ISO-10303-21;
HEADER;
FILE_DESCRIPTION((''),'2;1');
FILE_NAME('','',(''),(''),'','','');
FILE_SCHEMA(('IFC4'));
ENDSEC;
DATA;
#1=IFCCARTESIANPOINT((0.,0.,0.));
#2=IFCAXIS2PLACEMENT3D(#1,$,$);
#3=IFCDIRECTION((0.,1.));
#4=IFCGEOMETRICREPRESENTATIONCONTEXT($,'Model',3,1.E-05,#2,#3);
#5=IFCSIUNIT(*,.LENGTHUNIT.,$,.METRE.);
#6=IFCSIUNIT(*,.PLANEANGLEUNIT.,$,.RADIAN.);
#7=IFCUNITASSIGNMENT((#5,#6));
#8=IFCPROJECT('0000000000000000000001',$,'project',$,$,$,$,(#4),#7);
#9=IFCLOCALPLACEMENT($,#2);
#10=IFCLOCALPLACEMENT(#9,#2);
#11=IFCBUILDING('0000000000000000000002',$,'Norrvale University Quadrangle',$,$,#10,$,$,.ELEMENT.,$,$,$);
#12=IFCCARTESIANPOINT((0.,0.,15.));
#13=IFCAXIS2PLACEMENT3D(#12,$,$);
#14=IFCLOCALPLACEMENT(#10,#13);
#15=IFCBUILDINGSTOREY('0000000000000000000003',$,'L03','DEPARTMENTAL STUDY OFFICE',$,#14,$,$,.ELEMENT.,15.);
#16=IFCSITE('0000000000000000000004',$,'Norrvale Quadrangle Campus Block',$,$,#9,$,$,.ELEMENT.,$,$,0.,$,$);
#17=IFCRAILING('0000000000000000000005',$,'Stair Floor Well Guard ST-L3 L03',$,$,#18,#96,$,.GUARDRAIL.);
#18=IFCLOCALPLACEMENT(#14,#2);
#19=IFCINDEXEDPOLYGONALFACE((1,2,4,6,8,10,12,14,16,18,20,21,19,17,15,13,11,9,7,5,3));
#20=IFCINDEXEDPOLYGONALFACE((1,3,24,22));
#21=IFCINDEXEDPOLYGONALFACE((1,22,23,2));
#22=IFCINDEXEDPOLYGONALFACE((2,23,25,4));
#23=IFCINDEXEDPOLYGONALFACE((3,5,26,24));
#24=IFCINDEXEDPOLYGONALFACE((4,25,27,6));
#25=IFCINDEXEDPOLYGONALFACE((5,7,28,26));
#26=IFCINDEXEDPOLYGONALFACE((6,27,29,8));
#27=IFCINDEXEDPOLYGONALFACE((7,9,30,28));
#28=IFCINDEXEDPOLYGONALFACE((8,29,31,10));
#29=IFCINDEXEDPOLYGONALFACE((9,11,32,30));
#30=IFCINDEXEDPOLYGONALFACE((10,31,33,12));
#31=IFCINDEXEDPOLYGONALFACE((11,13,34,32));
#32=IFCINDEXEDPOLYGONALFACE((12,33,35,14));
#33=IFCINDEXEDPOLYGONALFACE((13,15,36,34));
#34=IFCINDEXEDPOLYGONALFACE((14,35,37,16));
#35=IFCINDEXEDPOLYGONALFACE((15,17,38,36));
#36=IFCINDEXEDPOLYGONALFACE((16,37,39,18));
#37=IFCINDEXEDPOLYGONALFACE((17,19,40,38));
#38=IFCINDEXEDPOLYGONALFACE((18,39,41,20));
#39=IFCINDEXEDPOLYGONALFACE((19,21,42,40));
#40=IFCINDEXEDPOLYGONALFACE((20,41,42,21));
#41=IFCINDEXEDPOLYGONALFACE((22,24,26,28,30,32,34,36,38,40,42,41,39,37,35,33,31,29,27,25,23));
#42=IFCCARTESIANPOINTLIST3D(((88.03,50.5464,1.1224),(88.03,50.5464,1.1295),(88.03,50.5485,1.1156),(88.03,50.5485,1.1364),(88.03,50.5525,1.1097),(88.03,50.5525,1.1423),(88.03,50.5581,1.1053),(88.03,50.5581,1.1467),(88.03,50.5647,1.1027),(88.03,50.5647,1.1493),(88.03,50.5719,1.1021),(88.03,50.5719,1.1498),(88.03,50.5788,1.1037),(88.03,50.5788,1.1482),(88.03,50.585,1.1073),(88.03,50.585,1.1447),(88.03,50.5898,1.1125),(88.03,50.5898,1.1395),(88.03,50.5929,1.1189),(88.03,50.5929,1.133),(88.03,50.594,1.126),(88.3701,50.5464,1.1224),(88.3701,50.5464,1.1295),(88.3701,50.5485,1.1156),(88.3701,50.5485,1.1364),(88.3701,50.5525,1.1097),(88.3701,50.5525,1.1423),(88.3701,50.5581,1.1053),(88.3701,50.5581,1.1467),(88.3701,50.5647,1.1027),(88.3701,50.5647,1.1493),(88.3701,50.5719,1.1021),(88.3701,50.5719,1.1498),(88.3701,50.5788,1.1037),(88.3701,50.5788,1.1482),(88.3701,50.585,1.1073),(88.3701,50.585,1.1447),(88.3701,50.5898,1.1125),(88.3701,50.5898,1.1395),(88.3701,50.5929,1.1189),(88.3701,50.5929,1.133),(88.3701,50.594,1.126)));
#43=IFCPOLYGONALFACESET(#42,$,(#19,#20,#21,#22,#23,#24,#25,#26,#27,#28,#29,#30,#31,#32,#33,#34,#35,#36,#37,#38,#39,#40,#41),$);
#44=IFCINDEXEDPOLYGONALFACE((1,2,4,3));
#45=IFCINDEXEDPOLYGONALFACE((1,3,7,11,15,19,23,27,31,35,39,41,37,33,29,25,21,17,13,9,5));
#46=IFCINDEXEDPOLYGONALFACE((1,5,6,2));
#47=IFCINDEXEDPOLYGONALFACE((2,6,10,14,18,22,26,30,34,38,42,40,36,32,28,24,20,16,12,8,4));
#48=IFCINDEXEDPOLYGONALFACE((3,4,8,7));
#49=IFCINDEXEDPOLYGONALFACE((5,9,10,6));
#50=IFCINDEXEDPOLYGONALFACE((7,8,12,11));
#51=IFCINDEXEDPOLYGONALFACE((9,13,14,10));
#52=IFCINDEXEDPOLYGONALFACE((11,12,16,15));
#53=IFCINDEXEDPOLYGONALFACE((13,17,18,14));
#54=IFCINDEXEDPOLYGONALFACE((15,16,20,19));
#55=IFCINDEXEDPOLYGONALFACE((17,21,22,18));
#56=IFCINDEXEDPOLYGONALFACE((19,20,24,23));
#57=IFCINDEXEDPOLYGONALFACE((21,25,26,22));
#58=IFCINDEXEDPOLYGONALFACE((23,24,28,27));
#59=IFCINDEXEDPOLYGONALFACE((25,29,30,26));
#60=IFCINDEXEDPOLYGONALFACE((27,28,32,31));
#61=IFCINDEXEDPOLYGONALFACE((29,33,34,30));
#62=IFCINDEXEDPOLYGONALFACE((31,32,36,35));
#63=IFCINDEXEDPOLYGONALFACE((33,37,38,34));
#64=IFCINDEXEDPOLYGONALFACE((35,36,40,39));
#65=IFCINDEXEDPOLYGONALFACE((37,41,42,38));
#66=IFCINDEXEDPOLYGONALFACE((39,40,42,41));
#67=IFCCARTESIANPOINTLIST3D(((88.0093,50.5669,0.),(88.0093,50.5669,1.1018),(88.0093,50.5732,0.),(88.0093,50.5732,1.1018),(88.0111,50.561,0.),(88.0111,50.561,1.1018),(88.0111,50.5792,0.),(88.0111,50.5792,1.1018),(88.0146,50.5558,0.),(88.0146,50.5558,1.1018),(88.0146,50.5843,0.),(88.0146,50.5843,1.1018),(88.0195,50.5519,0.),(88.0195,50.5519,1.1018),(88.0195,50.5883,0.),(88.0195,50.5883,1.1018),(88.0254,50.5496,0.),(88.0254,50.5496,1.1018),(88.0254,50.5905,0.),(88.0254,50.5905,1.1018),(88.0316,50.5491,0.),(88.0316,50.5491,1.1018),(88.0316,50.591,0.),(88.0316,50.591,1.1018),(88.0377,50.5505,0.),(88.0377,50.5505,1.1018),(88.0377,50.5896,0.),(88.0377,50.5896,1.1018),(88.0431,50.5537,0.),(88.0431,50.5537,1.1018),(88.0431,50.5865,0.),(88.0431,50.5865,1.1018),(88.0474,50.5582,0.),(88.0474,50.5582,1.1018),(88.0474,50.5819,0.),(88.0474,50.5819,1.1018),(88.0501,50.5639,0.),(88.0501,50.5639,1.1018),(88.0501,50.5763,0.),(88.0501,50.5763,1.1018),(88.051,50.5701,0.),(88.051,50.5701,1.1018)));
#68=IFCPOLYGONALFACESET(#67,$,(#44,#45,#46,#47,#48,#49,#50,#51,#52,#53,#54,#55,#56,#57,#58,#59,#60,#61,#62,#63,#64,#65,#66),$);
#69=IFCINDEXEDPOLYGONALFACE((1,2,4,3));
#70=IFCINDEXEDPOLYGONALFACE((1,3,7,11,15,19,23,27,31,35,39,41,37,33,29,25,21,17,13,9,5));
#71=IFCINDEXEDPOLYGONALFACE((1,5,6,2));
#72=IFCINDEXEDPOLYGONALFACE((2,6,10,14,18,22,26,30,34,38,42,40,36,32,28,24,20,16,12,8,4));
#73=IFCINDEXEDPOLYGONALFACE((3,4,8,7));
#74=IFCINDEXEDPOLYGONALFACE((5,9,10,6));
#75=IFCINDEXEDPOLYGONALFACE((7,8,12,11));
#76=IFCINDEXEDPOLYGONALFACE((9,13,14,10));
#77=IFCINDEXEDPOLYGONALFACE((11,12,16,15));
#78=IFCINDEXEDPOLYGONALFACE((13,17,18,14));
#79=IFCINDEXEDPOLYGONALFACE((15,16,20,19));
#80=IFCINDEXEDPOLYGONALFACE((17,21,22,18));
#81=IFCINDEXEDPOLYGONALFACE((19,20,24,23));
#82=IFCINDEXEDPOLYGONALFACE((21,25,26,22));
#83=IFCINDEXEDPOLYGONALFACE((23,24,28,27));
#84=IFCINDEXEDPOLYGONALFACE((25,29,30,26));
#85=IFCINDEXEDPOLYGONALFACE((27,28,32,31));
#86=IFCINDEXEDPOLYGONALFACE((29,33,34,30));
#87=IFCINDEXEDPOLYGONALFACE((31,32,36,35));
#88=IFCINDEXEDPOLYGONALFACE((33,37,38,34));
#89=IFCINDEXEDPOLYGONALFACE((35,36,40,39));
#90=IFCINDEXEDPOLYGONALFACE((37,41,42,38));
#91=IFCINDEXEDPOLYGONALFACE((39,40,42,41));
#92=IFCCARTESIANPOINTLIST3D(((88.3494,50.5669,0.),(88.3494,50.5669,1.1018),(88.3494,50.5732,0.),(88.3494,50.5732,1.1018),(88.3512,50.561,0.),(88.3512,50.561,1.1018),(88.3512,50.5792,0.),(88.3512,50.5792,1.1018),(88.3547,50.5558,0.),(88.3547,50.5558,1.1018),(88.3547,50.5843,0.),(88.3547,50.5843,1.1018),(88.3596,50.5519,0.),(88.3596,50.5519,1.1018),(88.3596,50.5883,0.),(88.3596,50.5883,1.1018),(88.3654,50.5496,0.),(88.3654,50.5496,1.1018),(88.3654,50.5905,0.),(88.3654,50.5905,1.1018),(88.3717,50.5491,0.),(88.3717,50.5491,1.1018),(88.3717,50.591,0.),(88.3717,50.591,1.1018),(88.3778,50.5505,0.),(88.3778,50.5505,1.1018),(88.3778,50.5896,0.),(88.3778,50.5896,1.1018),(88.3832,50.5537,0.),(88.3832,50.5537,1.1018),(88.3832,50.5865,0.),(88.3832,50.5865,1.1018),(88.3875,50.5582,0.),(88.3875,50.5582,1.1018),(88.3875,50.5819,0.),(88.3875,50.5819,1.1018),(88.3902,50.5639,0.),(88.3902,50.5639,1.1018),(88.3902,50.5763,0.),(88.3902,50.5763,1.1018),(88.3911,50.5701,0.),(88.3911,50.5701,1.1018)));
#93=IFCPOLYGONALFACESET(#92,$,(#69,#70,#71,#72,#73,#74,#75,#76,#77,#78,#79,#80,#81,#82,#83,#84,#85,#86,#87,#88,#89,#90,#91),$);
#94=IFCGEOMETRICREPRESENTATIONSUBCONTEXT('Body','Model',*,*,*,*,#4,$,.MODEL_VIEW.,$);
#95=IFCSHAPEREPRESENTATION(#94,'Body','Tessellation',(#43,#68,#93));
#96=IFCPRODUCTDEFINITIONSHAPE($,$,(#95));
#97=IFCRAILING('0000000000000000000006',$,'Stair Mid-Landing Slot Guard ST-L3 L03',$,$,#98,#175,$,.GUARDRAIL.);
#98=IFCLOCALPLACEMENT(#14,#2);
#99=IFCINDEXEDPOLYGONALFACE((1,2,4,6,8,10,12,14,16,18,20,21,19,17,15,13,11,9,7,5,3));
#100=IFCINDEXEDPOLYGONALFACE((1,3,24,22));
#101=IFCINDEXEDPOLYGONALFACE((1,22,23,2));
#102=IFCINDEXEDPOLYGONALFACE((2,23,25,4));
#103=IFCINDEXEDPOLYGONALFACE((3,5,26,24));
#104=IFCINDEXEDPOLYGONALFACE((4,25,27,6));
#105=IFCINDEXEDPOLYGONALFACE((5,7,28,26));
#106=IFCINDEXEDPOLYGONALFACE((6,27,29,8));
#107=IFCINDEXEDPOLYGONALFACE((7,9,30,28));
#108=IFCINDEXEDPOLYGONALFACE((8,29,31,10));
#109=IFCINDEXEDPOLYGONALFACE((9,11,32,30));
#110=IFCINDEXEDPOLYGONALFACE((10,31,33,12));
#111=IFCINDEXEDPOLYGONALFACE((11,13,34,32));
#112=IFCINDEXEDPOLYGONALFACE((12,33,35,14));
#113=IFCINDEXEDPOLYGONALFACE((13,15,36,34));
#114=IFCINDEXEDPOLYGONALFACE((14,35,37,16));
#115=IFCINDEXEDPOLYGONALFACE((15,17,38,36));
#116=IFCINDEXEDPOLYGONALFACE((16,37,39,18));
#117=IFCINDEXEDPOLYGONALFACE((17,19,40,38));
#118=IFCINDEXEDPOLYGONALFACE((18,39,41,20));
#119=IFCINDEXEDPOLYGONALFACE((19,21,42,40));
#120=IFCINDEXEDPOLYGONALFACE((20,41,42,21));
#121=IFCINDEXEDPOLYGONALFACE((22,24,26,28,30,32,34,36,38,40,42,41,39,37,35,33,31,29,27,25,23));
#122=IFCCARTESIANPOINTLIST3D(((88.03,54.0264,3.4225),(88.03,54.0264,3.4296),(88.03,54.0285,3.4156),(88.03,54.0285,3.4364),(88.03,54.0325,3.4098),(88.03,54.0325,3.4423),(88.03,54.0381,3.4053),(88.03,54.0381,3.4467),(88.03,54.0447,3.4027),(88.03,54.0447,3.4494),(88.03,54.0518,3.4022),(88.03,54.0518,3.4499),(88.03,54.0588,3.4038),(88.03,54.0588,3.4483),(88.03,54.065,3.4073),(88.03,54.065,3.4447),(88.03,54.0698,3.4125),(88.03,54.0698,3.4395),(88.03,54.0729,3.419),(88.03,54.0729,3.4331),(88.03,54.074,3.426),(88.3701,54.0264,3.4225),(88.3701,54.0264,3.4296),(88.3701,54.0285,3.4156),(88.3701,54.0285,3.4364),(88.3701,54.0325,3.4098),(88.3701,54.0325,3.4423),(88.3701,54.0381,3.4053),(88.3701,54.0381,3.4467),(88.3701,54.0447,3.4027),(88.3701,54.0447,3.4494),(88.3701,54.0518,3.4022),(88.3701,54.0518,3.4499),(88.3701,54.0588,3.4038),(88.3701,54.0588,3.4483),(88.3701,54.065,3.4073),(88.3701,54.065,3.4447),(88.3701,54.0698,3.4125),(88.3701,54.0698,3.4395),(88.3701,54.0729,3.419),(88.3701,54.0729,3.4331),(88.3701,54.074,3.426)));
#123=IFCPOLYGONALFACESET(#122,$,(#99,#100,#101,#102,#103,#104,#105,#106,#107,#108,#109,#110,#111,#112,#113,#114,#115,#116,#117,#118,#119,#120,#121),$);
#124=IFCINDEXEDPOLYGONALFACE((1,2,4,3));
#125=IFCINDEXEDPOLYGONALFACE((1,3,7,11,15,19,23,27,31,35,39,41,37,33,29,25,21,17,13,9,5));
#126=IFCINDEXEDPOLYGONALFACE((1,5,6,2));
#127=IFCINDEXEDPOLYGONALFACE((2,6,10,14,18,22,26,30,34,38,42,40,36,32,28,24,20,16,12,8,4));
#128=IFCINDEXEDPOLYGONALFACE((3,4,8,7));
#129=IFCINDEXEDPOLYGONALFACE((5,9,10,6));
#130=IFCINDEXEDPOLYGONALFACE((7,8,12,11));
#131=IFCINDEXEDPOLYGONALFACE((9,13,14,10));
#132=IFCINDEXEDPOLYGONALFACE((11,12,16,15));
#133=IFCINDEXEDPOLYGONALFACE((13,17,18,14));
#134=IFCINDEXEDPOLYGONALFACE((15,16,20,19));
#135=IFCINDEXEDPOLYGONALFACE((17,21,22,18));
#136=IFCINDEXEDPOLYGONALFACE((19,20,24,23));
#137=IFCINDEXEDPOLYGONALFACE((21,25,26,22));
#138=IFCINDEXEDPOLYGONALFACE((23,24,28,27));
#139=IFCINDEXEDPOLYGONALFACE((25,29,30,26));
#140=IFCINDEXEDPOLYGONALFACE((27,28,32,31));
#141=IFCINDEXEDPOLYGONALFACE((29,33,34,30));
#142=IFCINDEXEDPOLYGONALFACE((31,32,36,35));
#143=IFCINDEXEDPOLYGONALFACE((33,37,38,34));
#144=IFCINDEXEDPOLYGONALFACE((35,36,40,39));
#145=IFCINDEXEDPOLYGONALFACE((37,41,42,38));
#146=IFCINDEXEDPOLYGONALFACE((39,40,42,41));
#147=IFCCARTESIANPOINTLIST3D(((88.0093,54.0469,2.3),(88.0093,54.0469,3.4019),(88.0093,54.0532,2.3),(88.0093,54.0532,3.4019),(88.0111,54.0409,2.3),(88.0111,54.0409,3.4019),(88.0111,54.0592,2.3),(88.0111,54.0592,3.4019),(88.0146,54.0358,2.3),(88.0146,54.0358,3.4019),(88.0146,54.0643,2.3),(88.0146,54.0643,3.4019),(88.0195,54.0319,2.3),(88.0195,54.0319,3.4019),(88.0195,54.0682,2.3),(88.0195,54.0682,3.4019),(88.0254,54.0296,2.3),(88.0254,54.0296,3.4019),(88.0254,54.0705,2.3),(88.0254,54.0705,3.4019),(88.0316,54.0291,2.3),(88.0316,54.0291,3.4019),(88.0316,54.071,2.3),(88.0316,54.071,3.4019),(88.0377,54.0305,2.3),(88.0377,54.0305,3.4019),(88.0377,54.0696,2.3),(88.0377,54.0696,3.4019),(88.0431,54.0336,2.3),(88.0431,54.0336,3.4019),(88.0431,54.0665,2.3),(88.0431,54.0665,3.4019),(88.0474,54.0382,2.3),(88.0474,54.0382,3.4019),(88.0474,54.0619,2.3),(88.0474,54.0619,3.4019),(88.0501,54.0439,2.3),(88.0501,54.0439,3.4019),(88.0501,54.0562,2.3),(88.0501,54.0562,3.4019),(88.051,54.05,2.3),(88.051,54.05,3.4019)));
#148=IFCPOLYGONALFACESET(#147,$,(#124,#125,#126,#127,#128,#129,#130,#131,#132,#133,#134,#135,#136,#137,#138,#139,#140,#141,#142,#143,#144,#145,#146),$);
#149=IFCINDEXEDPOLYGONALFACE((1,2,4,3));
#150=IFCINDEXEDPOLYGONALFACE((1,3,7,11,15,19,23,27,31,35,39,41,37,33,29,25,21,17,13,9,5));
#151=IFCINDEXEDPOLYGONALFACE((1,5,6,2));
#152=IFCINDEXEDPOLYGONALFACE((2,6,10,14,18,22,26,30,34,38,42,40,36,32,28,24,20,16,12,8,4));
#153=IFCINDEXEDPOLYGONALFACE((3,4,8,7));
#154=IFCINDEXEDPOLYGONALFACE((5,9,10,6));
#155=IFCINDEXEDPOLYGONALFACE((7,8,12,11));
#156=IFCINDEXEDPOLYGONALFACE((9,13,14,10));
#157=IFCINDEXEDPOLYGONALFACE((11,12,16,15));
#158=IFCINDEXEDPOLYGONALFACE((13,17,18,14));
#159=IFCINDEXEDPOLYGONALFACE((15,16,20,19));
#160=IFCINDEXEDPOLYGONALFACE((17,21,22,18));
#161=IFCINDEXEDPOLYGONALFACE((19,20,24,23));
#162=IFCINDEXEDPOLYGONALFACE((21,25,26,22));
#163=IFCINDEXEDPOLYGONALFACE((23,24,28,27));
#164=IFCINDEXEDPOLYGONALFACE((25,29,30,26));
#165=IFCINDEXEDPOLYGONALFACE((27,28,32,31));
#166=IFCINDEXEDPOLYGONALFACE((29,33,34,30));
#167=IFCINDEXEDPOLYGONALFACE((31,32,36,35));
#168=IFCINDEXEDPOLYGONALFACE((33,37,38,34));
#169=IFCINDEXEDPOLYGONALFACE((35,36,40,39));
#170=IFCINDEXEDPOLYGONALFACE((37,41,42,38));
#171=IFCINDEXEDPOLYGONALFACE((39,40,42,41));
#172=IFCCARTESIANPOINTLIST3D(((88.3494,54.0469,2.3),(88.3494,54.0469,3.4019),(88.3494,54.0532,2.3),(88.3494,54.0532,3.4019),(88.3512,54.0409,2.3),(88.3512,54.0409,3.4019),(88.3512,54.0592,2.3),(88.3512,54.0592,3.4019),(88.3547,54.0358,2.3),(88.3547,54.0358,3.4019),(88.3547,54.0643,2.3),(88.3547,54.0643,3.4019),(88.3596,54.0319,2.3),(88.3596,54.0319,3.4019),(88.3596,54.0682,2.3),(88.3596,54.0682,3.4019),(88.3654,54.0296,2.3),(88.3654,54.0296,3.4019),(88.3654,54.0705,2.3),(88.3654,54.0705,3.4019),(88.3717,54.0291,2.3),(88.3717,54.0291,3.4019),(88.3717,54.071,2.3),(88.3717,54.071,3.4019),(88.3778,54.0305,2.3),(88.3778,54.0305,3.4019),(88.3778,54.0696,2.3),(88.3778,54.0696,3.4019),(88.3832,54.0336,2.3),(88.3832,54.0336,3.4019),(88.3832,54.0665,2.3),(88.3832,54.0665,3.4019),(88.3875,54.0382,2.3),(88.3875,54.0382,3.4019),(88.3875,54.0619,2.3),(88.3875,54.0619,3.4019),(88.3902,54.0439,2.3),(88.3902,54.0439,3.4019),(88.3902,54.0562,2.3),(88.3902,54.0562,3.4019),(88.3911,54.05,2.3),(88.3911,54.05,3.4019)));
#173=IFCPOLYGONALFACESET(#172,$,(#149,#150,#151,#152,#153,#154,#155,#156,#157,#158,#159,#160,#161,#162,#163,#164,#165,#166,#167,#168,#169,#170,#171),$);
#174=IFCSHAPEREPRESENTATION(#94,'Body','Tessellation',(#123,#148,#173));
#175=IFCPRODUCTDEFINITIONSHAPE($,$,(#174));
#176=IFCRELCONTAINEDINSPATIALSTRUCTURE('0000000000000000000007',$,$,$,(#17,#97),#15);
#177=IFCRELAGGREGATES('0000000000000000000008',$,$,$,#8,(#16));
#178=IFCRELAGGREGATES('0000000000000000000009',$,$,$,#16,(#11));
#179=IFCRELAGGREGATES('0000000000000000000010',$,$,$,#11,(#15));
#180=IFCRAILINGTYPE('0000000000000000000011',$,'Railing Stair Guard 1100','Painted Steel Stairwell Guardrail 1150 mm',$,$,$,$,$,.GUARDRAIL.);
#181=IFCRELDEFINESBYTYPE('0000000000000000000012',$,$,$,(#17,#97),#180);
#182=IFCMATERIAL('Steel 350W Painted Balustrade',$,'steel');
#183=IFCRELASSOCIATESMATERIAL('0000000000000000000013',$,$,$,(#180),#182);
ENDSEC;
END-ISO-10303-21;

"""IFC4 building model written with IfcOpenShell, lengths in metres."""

from ifc_helpers import new_model, si_unit, direction, frame, origin, origin_2d, place, context, subcontext, project, spatial, circle, extrude, material, type_object, element, save


model = new_model("IFC4")

# Units and contexts
model_context = context("Model", 3, precision=1e-05, world=origin(), true_north=direction((0.0, 1.0)))
body_context = subcontext(model_context, "Body", "Model", "MODEL_VIEW")
ifc_project = project(units=[si_unit("LENGTHUNIT", "METRE"), si_unit("PLANEANGLEUNIT", "RADIAN")], contexts=[model_context])

# Site, building, storey
site_placement = place(None, origin())
site = spatial("IfcSite", under=ifc_project, at=site_placement, Name="Norrvale Quadrangle Campus Block", CompositionType="ELEMENT", RefElevation=0.0)
building_placement = place(site_placement, origin())
building = spatial("IfcBuilding", under=site, at=building_placement, Name="Norrvale University Quadrangle", CompositionType="ELEMENT")
storey_placement = place(building_placement, frame((0.0, 0.0, 15.0)))
storey = spatial("IfcBuildingStorey", under=building, at=storey_placement, Name="L03", Description="DEPARTMENTAL STUDY OFFICE", CompositionType="ELEMENT", Elevation=15.0)

# Railings
ifc_material_1 = material(Name="Steel 350W Painted Balustrade", Category="steel")
railing_type_1 = type_object("IfcRailingType", Name="Railing Stair Guard 1100", Description="Painted Steel Stairwell Guardrail 1150 mm", PredefinedType="GUARDRAIL", material=ifc_material_1)
for number, where, name in (
    (1, (88.03, 50.5701, 0.0), "Stair Floor Well Guard ST-L3 L03"),
    (2, (88.03, 54.05, 2.3), "Stair Mid-Landing Slot Guard ST-L3 L03"),
):
    element("IfcRailing", number, at=place(storey_placement, frame(where)), inside=storey, type_object=railing_type_1, Name=name, PredefinedType="GUARDRAIL", context=body_context, shape_type="SweptSolid", body=[
        extrude(circle(Radius=0.0239, at=origin_2d()), frame((0.0, 0.0, 1.126), z_axis=(1.0, 0.0, 0.0), x_axis=(0.0, 1.0, 0.0)), (0.0, 0.0, 1.0), 0.3401),
        extrude(circle(Radius=0.021, at=origin_2d()), origin(), (0.0, 0.0, 1.0), 1.1018),
        extrude(circle(Radius=0.021, at=origin_2d()), frame((0.3401, 0.0, 0.0)), (0.0, 0.0, 1.0), 1.1018),
    ])

save(model, "model.ifc")
